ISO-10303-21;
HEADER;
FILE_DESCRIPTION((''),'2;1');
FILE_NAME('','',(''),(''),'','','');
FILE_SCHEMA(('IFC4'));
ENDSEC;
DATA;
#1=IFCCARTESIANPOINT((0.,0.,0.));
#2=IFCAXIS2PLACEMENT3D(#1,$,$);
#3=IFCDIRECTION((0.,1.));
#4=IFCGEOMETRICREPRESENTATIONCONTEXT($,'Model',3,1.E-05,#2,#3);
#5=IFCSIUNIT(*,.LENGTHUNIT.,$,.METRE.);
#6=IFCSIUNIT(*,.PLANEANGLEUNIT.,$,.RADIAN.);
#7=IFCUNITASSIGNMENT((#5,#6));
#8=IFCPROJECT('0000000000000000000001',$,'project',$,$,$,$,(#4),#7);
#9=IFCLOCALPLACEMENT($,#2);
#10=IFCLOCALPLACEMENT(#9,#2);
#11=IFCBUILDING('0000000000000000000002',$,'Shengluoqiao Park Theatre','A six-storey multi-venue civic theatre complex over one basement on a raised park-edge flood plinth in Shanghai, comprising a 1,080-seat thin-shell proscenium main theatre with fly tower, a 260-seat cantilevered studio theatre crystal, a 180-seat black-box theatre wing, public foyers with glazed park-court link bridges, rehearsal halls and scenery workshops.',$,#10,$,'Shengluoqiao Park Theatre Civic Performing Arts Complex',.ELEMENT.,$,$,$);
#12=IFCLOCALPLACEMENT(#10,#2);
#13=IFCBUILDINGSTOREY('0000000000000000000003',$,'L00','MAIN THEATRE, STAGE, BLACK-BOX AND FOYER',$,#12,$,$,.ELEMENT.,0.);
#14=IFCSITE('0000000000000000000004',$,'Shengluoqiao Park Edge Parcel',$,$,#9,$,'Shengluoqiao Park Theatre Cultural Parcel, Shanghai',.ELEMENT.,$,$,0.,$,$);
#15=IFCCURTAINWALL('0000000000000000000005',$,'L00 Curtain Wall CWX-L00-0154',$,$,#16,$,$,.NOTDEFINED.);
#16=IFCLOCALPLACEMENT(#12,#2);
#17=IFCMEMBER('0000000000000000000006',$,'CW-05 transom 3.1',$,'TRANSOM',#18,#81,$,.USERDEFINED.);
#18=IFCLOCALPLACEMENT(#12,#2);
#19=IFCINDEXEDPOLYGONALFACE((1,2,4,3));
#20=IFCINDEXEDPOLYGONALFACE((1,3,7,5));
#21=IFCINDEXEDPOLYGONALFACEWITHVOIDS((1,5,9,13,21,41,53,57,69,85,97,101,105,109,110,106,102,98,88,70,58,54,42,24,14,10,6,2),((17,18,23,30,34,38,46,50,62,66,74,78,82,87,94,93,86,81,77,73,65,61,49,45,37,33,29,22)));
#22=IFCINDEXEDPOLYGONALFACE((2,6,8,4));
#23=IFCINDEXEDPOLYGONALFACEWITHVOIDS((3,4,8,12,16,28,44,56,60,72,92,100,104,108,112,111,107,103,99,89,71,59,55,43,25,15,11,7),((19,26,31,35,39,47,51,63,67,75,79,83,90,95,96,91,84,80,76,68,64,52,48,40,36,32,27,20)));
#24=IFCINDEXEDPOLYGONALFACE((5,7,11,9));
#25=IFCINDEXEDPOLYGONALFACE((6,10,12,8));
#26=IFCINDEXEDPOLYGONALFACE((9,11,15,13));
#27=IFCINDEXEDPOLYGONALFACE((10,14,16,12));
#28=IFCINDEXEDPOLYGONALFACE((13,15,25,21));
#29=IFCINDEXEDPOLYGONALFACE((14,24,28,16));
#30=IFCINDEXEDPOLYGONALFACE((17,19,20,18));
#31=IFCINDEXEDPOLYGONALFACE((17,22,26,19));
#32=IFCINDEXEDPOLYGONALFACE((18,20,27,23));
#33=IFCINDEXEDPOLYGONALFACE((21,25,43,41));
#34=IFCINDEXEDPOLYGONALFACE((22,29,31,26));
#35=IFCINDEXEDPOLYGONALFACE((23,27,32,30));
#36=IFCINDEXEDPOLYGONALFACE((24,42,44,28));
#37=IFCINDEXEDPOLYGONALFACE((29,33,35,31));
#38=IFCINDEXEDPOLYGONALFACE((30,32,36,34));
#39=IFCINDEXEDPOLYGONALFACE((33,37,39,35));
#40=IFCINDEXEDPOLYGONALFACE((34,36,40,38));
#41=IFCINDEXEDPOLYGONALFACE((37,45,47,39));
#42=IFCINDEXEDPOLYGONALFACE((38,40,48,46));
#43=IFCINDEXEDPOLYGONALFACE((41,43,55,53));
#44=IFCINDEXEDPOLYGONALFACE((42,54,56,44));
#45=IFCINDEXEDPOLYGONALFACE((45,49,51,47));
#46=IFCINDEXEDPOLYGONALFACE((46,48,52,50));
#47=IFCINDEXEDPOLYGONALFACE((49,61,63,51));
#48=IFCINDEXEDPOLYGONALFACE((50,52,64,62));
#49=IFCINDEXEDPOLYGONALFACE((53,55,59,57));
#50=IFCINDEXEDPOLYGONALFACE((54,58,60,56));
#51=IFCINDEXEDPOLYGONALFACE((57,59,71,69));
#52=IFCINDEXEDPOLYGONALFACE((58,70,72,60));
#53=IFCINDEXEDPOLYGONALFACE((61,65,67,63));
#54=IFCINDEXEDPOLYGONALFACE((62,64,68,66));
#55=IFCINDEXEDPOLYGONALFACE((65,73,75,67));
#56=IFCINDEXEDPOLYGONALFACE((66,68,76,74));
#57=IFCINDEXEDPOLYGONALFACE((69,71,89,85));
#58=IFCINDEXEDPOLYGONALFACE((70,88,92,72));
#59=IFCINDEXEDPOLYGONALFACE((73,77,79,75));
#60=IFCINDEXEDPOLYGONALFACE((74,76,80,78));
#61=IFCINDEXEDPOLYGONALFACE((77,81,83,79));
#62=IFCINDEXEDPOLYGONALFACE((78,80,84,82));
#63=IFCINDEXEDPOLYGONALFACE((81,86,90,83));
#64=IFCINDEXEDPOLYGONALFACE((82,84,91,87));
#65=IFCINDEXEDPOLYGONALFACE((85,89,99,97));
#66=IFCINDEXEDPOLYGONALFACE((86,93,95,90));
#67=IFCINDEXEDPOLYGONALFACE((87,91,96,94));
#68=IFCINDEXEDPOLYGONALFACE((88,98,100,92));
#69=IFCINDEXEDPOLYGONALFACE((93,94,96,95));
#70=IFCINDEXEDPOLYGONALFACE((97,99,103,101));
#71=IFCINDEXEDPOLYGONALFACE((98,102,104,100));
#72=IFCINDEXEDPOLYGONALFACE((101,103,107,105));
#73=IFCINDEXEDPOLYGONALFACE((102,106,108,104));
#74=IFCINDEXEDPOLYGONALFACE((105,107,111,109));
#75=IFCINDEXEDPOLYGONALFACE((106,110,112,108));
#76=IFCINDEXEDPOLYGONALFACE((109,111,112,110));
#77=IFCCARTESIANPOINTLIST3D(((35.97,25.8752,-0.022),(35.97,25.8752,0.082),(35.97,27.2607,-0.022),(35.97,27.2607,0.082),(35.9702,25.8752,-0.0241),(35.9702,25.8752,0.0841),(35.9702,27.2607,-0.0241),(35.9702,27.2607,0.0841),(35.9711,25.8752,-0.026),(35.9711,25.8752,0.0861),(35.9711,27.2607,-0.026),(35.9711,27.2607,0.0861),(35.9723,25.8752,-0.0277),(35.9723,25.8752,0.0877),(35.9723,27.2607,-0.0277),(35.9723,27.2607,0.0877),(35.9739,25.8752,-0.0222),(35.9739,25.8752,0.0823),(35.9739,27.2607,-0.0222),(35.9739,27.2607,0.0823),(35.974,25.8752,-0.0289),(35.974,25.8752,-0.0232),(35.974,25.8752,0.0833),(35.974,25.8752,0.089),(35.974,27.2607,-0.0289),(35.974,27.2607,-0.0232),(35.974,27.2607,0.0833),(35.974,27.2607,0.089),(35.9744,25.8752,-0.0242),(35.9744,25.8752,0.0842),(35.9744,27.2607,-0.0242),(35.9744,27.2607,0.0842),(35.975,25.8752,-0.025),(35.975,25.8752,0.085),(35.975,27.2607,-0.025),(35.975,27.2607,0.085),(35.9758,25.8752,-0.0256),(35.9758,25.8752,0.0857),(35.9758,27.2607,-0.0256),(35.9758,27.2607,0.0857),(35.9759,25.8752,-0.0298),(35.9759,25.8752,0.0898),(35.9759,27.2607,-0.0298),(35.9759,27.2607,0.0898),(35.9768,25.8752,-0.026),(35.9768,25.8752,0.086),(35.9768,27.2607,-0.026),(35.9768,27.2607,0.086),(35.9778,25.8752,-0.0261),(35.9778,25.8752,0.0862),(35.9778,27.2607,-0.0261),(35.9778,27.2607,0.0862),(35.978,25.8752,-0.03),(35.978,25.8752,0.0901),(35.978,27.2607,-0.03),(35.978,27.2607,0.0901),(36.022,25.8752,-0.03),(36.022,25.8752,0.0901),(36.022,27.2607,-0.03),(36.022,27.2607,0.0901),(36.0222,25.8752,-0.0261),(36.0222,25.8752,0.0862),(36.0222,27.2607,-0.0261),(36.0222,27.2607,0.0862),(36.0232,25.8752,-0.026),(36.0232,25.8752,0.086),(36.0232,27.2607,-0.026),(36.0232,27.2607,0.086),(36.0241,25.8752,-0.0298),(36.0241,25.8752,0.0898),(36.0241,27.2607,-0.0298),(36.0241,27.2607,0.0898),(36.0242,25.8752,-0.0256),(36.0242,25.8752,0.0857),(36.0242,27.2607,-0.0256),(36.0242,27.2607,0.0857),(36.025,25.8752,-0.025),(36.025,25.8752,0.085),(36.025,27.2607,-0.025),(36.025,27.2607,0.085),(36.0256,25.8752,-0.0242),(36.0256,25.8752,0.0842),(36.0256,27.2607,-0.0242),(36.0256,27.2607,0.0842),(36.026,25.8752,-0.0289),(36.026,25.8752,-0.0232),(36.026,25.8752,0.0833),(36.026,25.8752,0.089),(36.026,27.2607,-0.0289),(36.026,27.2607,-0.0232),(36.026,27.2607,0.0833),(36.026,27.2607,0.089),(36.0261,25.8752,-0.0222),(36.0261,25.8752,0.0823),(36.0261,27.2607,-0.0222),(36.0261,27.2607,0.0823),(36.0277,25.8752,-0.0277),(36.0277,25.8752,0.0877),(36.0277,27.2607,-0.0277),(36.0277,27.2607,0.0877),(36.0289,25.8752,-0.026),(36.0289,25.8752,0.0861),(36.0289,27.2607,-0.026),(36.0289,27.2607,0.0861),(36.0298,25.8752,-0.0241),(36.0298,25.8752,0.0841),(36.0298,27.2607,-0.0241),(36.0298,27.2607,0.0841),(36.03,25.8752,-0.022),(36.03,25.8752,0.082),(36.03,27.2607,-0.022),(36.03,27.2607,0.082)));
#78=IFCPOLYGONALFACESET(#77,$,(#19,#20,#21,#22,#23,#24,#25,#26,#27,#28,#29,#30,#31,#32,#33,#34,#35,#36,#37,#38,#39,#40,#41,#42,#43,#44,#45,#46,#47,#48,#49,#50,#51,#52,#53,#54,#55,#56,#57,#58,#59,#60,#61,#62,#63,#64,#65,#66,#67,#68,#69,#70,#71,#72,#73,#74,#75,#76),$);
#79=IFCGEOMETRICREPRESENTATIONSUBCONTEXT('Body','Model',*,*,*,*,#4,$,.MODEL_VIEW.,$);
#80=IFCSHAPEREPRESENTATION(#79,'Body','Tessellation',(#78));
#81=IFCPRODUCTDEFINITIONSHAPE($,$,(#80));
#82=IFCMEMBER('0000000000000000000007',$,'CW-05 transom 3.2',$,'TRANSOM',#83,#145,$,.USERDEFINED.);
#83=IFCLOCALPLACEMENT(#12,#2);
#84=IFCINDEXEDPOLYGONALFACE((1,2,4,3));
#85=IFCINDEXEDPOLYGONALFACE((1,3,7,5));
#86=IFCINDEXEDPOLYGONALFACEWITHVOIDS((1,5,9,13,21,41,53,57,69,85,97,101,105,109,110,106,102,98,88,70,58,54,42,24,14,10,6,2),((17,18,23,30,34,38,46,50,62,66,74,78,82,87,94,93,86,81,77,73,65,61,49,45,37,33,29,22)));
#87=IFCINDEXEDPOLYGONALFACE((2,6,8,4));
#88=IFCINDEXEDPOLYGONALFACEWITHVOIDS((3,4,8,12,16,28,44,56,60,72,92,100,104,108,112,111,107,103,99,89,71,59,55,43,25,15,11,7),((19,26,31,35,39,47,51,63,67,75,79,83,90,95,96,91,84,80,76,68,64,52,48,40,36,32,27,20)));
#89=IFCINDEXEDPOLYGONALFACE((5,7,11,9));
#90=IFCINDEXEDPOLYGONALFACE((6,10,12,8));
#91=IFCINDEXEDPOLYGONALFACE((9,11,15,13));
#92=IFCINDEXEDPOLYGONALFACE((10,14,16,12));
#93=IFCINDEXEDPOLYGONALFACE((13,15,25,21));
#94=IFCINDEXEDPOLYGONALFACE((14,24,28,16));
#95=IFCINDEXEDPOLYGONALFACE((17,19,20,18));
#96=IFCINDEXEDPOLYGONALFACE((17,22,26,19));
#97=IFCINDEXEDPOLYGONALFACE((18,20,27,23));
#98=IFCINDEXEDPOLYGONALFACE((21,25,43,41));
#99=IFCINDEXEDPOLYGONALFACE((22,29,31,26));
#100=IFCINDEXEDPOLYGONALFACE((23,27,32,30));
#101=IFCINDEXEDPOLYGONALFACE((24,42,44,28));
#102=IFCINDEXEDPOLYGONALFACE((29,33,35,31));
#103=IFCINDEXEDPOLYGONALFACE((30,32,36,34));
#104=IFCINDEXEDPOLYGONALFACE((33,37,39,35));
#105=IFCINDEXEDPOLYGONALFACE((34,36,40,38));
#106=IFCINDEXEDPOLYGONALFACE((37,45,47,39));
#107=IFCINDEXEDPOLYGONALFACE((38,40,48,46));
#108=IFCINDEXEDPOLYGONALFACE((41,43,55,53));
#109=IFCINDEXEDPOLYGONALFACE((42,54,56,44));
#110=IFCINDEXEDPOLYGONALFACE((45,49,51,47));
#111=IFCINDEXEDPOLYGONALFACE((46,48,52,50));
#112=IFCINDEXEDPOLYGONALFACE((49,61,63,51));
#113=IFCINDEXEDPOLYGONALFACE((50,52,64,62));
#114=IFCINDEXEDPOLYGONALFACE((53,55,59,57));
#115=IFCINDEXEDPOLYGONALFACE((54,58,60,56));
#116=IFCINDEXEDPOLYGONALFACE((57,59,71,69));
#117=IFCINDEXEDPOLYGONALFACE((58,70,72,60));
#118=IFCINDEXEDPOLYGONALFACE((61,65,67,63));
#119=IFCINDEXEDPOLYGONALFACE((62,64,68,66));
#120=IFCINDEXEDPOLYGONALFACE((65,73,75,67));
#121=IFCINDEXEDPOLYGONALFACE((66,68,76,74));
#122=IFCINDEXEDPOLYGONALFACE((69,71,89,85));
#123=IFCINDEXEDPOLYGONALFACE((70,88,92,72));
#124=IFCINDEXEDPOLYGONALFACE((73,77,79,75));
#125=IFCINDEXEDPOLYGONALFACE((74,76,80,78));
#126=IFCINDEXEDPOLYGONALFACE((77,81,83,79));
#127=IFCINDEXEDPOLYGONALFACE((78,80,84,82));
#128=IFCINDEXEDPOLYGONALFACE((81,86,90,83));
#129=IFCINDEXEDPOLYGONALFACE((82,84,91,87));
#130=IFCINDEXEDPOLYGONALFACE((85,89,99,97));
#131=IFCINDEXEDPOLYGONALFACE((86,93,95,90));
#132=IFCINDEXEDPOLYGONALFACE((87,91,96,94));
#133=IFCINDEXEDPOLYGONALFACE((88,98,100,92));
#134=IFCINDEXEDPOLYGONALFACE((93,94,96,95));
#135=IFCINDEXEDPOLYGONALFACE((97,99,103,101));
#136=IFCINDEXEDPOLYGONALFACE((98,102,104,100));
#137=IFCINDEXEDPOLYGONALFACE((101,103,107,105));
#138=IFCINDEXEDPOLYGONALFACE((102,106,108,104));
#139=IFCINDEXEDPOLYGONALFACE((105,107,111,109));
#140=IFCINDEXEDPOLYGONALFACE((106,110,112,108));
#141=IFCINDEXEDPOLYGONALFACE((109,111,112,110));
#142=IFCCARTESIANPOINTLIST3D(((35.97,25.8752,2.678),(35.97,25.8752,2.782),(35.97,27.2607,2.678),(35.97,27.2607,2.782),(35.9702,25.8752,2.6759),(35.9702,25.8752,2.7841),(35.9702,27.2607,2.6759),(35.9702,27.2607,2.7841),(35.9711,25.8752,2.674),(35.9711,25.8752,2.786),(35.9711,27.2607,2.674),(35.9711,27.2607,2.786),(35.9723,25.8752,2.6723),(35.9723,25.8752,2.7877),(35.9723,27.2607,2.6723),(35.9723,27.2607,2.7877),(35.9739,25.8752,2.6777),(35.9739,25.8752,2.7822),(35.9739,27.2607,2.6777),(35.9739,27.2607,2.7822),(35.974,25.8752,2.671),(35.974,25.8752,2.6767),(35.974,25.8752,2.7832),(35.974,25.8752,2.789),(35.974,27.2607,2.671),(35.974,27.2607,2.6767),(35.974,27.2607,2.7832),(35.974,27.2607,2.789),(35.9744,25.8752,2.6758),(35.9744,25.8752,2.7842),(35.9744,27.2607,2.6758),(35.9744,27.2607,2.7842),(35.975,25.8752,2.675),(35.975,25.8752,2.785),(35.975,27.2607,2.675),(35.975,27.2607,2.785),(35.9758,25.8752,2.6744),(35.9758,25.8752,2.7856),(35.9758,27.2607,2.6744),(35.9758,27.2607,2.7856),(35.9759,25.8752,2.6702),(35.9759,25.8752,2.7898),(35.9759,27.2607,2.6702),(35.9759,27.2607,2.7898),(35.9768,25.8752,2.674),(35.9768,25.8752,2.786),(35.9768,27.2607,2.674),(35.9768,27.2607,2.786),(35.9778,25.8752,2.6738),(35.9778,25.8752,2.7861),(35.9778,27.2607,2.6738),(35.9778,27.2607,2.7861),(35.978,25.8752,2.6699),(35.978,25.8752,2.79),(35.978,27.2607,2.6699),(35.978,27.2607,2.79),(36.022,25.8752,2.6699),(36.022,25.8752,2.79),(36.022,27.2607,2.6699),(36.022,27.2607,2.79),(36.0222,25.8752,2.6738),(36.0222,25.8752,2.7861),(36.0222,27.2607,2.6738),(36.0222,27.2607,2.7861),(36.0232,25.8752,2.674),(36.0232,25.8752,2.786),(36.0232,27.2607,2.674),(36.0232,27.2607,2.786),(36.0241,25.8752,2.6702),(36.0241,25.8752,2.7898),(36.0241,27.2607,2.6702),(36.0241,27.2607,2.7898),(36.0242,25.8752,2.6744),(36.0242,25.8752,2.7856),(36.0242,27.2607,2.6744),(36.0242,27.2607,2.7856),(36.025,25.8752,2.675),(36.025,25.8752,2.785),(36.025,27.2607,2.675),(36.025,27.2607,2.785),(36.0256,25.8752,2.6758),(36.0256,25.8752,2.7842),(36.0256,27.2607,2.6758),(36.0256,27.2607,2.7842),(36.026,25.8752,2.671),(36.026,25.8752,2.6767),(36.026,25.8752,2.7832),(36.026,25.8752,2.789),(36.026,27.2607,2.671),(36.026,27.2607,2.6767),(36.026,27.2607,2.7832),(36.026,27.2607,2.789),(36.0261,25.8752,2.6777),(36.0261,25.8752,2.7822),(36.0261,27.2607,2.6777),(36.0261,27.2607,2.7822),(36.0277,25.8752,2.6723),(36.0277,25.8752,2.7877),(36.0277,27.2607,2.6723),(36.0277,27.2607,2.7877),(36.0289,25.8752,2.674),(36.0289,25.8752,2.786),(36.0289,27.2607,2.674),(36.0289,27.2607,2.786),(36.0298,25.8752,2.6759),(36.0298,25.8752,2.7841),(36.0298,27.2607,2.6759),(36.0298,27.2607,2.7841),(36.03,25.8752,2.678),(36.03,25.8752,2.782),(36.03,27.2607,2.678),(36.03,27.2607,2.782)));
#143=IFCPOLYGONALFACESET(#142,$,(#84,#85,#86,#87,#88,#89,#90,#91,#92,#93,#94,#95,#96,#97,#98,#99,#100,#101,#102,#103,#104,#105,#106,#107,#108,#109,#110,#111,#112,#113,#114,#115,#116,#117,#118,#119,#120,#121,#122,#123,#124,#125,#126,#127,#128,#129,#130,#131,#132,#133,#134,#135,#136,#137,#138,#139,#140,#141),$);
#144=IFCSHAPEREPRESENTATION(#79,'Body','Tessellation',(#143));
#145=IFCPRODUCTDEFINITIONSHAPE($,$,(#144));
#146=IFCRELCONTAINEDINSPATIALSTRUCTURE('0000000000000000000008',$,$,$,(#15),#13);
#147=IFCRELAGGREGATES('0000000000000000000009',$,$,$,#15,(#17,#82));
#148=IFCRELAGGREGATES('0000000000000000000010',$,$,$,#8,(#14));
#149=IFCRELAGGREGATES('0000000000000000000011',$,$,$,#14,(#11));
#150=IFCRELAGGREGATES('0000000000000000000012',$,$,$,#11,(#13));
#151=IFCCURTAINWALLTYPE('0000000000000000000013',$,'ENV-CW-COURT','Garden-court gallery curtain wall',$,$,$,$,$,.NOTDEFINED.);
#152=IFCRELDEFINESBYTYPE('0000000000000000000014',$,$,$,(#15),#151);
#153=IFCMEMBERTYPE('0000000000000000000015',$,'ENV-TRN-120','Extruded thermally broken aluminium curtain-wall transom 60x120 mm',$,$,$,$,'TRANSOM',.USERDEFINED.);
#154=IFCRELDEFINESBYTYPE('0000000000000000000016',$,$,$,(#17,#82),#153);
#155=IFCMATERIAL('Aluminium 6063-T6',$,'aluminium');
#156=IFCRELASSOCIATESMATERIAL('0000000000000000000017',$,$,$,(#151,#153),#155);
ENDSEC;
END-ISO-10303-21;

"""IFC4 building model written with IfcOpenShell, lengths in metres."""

from ifc_helpers import new_model, si_unit, direction, frame, origin, origin_2d, place, context, subcontext, project, spatial, hollow_rectangle, extrude, material, material_profile, profile_set, type_object, element, aggregate, save


model = new_model("IFC4")

# Units and contexts
model_context = context("Model", 3, precision=1e-05, world=origin(), true_north=direction((0.0, 1.0)))
body_context = subcontext(model_context, "Body", "Model", "MODEL_VIEW")
ifc_project = project(units=[si_unit("LENGTHUNIT", "METRE"), si_unit("PLANEANGLEUNIT", "RADIAN")], contexts=[model_context])

# Site, building, storey
site_placement = place(None, origin())
site = spatial("IfcSite", under=ifc_project, at=site_placement, Name="Shengluoqiao Park Edge Parcel", LongName="Shengluoqiao Park Theatre Cultural Parcel, Shanghai", CompositionType="ELEMENT", RefElevation=0.0)
building_placement = place(site_placement, origin())
building = spatial("IfcBuilding", under=site, at=building_placement, Name="Shengluoqiao Park Theatre", Description="A six-storey multi-venue civic theatre complex over one basement on a raised park-edge flood plinth in Shanghai, comprising a 1,080-seat thin-shell proscenium main theatre with fly tower, a 260-seat cantilevered studio theatre crystal, a 180-seat black-box theatre wing, public foyers with glazed park-court link bridges, rehearsal halls and scenery workshops.", LongName="Shengluoqiao Park Theatre Civic Performing Arts Complex", CompositionType="ELEMENT")
storey_placement = place(building_placement, origin())
storey = spatial("IfcBuildingStorey", under=building, at=storey_placement, Name="L00", Description="MAIN THEATRE, STAGE, BLACK-BOX AND FOYER", CompositionType="ELEMENT", Elevation=0.0)

# Curtain wall
ifc_material_1 = material(Name="Aluminium 6063-T6", Category="aluminium")
curtain_wall_type = type_object("IfcCurtainWallType", Name="ENV-CW-COURT", Description="Garden-court gallery curtain wall", PredefinedType="NOTDEFINED", material=ifc_material_1)
curtain_wall_1_placement = place(storey_placement, origin())
curtain_wall_1 = element("IfcCurtainWall", 1, at=curtain_wall_1_placement, inside=storey, type_object=curtain_wall_type, Name="L00 Curtain Wall CWX-L00-0154", PredefinedType="NOTDEFINED")

# Members
ifc_material_profile_1 = material_profile(ifc_material_1, hollow_rectangle(XDim=0.0601, YDim=0.1201, WallThickness=0.0039, InnerFilletRadius=0.0039, OuterFilletRadius=0.0081, at=origin_2d()), Name="ALU TRANSOM 120x60x4")
ifc_profile_set_1 = profile_set([ifc_material_profile_1], Name="Aluminium 6063-T6")
member_type_1 = type_object("IfcMemberType", Name="ENV-TRN-120", Description="Extruded thermally broken aluminium curtain-wall transom 60x120 mm", ElementType="TRANSOM", PredefinedType="USERDEFINED", material=ifc_profile_set_1)
member_1_placement = place(storey_placement, frame((36.0, 25.8752, 0.03), z_axis=(0.0, 1.0, 0.0), x_axis=(-1.0, 0.0, 0.0)))
member_1 = element("IfcMember", 2, at=member_1_placement, type_object=member_type_1, Name="CW-05 transom 3.1", ObjectType="TRANSOM", PredefinedType="USERDEFINED", context=body_context, shape_type="SweptSolid", body=[
    extrude(hollow_rectangle(XDim=0.0601, YDim=0.1201, WallThickness=0.0039, InnerFilletRadius=0.0039, OuterFilletRadius=0.0081, at=origin_2d()), origin(), (0.0, 0.0, 1.0), 1.3855),
])
member_2_placement = place(storey_placement, frame((36.0, 25.8752, 2.73), z_axis=(0.0, 1.0, 0.0), x_axis=(-1.0, 0.0, 0.0)))
member_2 = element("IfcMember", 3, at=member_2_placement, type_object=member_type_1, Name="CW-05 transom 3.2", ObjectType="TRANSOM", PredefinedType="USERDEFINED", context=body_context, shape_type="SweptSolid", body=[
    extrude(hollow_rectangle(XDim=0.0601, YDim=0.1201, WallThickness=0.0039, InnerFilletRadius=0.0039, OuterFilletRadius=0.0081, at=origin_2d()), origin(), (0.0, 0.0, 1.0), 1.3855),
])

aggregate(curtain_wall_1, [member_1, member_2])

save(model, "model.ifc")
